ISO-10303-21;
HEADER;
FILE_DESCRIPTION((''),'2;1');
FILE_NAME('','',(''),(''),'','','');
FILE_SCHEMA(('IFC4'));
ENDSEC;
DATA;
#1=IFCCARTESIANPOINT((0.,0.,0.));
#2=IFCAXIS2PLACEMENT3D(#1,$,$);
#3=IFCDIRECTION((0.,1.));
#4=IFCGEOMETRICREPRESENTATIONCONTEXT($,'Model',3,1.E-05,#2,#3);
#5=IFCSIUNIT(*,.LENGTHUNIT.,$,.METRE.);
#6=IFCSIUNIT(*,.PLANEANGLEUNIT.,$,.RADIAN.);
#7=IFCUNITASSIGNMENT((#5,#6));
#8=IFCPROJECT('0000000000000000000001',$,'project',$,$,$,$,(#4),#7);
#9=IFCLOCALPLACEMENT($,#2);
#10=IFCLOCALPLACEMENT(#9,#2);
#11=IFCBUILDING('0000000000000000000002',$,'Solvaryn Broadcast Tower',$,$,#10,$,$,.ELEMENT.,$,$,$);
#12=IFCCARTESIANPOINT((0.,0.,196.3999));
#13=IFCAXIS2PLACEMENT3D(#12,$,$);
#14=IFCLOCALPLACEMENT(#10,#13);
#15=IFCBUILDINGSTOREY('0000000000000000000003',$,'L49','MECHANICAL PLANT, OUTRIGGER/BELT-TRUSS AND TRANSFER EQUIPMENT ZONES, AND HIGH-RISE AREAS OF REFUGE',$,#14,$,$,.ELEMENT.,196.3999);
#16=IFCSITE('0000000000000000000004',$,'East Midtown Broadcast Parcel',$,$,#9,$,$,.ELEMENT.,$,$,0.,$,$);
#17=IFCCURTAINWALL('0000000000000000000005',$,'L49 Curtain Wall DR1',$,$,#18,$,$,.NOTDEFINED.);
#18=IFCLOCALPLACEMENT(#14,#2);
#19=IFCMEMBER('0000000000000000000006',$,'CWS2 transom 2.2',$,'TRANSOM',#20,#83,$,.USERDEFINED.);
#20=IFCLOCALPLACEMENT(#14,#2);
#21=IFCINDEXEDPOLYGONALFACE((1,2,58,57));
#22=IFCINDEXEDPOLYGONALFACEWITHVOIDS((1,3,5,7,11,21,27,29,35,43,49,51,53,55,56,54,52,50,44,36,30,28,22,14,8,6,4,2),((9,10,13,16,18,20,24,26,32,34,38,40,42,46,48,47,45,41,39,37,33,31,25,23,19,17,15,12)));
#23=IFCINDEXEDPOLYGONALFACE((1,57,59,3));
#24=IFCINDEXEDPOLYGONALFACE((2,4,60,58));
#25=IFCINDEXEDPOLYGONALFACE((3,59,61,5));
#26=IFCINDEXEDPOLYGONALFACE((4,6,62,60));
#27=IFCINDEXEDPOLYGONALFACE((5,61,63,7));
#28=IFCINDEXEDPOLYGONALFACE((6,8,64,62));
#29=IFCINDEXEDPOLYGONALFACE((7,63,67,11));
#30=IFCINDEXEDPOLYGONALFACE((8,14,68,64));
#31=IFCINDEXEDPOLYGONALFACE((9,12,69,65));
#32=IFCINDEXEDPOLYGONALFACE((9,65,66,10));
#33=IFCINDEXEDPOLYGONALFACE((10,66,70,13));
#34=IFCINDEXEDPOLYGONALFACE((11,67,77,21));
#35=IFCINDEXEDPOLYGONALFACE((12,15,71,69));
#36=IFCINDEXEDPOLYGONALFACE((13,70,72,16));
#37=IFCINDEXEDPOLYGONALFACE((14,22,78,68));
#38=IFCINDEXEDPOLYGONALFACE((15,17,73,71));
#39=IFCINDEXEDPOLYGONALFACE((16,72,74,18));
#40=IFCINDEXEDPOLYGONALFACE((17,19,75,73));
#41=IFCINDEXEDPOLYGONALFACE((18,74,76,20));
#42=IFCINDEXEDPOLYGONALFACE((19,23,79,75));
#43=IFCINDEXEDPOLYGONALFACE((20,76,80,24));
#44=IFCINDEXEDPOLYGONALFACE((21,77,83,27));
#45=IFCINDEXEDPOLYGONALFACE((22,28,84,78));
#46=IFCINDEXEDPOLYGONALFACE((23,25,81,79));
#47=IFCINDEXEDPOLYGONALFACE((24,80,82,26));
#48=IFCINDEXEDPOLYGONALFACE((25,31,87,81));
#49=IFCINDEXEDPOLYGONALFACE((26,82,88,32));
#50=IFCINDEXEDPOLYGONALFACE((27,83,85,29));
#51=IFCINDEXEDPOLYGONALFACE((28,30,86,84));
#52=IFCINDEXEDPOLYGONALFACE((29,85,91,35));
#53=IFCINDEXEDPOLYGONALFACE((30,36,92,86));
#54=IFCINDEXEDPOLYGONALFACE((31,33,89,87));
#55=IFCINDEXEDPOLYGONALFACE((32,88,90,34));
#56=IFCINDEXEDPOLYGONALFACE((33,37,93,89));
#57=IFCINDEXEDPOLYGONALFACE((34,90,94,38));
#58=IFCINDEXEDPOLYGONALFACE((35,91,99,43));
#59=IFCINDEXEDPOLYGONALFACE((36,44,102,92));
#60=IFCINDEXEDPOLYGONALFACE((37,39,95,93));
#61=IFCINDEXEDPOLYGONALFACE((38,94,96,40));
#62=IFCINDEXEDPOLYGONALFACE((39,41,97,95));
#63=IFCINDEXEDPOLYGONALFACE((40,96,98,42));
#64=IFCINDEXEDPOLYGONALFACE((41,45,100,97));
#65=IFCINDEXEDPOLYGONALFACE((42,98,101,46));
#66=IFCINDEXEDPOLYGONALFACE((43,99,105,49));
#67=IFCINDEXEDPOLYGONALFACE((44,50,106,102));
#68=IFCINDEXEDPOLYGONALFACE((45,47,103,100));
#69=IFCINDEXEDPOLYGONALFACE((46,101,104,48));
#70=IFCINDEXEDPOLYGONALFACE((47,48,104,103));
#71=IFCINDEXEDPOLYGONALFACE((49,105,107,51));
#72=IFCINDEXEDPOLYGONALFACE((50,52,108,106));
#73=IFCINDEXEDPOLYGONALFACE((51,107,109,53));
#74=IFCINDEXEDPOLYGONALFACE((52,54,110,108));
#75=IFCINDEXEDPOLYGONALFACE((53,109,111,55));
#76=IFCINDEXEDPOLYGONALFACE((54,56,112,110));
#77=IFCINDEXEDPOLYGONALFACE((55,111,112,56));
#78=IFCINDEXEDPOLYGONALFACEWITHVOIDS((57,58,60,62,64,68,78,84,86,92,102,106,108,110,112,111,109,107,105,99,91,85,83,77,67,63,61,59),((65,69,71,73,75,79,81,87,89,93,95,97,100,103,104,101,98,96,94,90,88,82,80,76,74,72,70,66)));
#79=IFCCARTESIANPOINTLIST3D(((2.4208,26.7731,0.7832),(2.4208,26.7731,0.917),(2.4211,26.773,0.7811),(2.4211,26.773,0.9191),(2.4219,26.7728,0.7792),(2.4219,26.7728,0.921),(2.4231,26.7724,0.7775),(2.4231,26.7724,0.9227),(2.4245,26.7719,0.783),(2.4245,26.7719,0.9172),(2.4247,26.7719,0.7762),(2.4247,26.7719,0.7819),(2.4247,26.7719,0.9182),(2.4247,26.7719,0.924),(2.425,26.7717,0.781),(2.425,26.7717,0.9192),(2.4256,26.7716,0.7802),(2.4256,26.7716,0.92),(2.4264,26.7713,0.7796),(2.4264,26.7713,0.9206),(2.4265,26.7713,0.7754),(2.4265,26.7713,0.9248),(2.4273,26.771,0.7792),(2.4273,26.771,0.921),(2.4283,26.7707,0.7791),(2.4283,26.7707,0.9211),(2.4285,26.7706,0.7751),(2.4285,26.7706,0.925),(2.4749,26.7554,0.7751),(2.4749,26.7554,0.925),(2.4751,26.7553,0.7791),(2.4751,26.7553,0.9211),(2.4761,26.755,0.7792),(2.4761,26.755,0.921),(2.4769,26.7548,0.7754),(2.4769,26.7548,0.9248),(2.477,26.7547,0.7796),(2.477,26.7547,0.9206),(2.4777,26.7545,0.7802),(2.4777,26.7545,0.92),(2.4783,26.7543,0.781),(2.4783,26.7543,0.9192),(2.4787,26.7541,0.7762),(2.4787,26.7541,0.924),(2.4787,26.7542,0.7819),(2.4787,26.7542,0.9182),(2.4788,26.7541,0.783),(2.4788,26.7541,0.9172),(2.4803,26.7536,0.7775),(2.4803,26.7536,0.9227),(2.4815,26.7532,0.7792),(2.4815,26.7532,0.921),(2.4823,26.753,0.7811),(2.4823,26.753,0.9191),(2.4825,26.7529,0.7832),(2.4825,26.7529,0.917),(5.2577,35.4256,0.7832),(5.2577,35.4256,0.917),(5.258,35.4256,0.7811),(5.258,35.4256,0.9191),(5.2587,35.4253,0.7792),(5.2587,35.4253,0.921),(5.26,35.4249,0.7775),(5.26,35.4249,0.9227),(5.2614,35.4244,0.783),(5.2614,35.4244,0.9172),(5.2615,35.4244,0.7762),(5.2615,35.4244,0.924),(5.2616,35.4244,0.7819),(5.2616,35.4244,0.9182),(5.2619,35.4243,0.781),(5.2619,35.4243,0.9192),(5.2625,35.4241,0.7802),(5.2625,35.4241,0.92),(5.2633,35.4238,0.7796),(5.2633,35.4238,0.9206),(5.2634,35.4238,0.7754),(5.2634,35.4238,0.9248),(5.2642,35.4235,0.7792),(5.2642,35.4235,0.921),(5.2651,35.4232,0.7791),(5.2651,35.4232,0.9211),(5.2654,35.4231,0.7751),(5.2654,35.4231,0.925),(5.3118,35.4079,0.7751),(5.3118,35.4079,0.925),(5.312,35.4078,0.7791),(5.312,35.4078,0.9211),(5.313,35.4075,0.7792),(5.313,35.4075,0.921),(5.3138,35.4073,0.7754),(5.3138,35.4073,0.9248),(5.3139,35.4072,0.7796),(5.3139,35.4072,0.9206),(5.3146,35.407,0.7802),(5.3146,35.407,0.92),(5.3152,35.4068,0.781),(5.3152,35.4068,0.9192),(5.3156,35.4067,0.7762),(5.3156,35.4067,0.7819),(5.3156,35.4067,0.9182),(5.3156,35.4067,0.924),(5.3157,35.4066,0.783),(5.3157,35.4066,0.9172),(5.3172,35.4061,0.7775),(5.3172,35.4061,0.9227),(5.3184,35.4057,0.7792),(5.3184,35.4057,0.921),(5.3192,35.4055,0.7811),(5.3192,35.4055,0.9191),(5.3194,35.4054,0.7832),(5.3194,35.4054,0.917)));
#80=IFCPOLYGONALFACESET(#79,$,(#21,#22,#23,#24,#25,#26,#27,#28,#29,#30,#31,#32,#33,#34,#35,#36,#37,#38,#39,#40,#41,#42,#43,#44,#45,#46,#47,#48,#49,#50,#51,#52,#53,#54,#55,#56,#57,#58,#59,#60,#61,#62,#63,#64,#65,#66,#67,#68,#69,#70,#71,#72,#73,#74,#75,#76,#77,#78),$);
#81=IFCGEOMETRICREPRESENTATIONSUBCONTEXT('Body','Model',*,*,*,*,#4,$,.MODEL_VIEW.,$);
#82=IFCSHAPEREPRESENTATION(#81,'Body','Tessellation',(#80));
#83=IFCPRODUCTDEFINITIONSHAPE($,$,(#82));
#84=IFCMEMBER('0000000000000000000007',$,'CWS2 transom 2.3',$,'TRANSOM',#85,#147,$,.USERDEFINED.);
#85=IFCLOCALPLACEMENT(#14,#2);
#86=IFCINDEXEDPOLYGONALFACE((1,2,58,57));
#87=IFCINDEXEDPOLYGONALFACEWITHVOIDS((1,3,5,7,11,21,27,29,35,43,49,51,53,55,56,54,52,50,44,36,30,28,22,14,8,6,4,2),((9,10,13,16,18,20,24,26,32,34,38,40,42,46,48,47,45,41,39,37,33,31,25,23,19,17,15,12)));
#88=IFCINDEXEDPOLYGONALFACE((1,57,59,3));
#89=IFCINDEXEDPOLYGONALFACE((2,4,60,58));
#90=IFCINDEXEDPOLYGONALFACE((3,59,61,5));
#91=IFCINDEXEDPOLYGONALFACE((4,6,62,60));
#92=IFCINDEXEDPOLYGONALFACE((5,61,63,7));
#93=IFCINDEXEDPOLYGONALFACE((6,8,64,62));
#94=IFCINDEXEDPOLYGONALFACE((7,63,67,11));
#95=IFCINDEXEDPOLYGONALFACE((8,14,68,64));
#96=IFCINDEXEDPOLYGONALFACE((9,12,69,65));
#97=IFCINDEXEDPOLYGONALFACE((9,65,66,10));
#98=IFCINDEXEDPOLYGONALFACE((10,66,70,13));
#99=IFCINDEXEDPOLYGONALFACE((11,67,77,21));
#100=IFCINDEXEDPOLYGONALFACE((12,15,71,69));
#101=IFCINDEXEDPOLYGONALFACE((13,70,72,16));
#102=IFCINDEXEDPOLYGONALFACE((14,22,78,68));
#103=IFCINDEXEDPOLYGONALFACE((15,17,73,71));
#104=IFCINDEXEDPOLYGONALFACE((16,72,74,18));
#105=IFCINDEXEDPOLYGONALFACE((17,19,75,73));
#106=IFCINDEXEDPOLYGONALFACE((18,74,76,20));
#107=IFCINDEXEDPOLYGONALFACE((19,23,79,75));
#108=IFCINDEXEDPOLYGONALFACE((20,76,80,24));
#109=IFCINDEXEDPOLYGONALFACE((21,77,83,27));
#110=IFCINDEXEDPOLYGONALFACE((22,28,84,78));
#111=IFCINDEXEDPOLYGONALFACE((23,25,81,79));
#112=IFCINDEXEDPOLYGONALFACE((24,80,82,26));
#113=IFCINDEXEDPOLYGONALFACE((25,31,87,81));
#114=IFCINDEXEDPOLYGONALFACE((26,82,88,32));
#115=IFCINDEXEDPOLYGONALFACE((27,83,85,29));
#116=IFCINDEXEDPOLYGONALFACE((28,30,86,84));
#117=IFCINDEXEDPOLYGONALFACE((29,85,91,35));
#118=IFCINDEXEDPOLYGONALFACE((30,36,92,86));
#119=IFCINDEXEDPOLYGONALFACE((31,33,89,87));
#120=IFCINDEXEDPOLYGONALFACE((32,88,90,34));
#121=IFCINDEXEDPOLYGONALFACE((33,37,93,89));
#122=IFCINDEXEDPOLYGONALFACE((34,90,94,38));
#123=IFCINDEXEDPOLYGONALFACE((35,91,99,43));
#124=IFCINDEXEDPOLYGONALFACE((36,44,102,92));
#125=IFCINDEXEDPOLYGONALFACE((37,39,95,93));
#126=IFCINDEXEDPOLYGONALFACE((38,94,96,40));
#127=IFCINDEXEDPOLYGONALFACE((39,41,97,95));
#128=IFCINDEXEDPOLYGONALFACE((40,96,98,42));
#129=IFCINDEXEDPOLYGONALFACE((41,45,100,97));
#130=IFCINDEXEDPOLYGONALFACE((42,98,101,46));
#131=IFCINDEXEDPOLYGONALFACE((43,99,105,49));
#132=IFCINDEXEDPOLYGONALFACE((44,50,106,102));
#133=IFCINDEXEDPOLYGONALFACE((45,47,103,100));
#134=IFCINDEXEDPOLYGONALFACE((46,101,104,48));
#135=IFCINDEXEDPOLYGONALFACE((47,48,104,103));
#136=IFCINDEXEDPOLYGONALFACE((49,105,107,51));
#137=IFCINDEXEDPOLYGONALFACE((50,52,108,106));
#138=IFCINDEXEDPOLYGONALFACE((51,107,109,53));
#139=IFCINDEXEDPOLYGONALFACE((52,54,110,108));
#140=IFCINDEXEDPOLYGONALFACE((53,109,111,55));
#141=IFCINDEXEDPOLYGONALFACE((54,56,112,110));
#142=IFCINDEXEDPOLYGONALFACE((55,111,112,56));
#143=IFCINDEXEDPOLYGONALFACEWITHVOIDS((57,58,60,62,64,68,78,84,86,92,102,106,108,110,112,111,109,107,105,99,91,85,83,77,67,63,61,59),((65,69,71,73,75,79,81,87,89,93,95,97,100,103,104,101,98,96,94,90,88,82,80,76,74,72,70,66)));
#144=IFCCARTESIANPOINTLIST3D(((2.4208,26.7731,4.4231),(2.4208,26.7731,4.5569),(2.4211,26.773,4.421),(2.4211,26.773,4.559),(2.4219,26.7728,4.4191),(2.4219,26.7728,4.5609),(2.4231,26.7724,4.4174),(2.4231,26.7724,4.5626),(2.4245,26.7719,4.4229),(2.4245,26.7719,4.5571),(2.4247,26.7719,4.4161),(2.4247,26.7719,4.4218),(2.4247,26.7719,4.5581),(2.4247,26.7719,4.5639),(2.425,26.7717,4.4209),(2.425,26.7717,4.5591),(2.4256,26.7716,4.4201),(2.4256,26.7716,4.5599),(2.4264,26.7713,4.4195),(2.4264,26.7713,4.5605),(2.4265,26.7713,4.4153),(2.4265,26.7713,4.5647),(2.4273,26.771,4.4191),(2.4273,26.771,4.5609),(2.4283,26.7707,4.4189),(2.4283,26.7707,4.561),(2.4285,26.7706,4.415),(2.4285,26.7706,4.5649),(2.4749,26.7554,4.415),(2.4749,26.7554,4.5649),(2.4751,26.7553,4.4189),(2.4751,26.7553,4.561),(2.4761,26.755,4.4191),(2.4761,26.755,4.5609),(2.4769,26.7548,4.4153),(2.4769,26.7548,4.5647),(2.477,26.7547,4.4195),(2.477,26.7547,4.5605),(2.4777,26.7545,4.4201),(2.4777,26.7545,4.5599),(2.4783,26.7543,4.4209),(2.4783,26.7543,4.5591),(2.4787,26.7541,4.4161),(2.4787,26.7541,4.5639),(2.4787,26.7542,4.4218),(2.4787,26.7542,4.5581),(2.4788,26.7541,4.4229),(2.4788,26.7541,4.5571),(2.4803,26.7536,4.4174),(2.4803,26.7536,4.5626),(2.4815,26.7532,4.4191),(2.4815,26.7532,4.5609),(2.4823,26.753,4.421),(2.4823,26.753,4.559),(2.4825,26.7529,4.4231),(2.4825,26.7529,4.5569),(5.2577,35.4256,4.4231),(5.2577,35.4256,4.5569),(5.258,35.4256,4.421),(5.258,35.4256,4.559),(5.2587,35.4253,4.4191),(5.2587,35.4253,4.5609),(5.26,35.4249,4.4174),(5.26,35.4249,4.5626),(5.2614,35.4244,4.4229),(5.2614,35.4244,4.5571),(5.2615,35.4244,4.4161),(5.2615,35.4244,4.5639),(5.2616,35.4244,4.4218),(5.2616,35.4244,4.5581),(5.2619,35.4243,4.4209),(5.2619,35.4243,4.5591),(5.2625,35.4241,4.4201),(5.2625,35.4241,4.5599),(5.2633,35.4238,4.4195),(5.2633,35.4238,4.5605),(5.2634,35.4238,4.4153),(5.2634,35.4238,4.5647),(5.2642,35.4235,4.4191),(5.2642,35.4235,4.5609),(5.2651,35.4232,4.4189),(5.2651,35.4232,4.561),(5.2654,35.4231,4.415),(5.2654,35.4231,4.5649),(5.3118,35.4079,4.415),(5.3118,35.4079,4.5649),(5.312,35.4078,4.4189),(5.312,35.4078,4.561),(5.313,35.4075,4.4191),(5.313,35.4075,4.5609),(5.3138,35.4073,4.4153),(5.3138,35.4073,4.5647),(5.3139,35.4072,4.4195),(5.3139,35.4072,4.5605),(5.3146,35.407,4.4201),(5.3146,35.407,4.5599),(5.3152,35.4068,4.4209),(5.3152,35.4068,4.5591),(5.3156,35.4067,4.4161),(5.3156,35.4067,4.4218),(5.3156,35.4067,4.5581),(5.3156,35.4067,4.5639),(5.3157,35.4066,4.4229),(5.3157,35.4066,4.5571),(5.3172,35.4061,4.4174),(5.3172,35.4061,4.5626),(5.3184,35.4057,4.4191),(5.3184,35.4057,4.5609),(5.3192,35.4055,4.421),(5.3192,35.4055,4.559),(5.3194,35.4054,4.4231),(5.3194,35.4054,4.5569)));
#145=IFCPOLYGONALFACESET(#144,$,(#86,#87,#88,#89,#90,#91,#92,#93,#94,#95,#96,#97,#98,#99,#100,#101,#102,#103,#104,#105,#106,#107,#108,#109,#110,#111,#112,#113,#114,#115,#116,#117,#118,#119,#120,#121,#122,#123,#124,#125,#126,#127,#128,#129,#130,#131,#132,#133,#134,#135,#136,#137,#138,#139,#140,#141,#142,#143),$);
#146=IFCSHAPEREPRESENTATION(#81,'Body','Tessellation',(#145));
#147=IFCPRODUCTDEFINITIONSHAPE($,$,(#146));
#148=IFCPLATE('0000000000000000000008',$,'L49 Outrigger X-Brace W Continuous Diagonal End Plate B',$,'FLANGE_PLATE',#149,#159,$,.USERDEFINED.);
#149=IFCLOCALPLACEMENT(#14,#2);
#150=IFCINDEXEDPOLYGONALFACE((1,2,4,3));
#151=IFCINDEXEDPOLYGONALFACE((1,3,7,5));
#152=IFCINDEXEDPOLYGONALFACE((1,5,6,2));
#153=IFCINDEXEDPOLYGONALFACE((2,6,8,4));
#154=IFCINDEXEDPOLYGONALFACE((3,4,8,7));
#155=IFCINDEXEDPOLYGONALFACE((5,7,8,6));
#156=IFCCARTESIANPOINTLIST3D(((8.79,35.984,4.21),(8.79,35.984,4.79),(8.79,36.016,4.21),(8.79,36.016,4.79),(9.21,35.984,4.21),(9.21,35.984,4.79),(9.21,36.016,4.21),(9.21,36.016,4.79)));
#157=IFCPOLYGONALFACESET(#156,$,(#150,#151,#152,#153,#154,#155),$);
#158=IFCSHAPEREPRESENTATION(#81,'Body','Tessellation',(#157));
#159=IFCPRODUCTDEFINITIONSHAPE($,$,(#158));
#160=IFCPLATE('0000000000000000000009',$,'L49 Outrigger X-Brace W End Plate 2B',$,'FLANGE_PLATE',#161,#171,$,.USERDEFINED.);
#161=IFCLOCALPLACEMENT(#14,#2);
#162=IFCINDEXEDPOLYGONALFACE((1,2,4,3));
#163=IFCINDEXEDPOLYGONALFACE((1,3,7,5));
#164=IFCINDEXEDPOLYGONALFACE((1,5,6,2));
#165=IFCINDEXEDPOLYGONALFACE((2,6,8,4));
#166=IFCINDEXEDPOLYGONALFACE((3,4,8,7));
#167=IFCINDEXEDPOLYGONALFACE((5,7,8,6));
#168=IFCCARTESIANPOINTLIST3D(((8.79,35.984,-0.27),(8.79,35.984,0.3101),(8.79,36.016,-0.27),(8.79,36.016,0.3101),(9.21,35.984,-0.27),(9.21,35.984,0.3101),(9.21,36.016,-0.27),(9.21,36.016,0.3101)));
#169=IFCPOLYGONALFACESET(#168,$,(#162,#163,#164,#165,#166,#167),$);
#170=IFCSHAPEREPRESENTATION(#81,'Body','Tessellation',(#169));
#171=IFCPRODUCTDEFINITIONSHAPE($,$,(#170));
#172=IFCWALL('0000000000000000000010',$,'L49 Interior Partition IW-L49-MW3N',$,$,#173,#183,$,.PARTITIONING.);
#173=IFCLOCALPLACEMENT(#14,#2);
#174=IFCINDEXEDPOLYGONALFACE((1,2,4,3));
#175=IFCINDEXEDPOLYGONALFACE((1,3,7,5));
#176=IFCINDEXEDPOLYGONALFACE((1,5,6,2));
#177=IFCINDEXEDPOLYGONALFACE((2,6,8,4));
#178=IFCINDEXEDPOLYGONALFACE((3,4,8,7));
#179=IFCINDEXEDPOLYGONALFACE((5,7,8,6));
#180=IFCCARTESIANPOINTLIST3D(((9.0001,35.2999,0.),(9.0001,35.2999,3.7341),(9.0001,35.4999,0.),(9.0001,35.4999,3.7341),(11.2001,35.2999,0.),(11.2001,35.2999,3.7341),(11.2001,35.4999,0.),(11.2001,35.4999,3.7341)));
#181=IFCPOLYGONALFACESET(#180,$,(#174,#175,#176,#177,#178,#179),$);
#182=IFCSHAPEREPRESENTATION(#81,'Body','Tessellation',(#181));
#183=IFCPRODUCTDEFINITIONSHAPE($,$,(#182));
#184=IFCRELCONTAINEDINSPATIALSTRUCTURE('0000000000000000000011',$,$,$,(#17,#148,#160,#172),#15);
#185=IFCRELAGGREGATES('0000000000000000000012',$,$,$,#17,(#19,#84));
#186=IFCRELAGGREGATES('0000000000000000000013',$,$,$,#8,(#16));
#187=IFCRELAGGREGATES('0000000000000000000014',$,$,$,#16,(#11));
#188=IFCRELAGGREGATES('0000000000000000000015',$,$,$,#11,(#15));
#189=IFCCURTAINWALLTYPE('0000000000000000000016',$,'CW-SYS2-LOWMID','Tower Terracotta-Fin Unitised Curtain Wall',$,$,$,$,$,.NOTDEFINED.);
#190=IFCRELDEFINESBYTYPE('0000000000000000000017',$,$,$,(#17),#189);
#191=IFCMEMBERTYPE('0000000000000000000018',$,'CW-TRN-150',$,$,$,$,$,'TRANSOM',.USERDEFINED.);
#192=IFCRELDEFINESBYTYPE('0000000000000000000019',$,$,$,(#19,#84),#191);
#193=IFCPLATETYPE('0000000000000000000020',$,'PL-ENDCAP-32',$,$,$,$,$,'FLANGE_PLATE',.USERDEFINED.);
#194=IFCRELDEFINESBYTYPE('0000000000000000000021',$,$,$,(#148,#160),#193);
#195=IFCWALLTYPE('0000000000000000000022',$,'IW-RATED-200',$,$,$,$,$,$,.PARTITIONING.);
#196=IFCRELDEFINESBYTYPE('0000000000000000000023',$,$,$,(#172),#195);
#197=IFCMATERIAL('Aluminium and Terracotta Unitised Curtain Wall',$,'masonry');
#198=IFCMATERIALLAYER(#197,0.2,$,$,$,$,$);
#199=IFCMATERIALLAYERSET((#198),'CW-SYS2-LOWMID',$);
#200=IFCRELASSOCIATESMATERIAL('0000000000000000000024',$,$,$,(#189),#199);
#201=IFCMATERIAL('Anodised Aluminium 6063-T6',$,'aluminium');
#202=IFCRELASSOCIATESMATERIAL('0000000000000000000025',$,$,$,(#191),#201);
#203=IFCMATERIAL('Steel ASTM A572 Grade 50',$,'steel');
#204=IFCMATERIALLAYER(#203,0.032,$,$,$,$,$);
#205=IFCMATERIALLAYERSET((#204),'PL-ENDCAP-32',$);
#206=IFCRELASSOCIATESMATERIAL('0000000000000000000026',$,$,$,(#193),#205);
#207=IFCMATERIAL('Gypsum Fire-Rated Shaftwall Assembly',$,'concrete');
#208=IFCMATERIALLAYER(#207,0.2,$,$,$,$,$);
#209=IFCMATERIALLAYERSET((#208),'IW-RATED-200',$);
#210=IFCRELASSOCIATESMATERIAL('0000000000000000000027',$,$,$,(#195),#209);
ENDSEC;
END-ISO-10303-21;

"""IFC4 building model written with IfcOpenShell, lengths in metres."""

from ifc_helpers import new_model, si_unit, direction, frame, frame_2d, origin, origin_2d, place, context, subcontext, project, spatial, rectangle, hollow_rectangle, extrude, material, layer, layer_set, material_profile, profile_set, type_object, element, aggregate, save


model = new_model("IFC4")

# Units and contexts
model_context = context("Model", 3, precision=1e-05, world=origin(), true_north=direction((0.0, 1.0)))
body_context = subcontext(model_context, "Body", "Model", "MODEL_VIEW")
ifc_project = project(units=[si_unit("LENGTHUNIT", "METRE"), si_unit("PLANEANGLEUNIT", "RADIAN")], contexts=[model_context])

# Site, building, storey
site_placement = place(None, origin())
site = spatial("IfcSite", under=ifc_project, at=site_placement, Name="East Midtown Broadcast Parcel", CompositionType="ELEMENT", RefElevation=0.0)
building_placement = place(site_placement, origin())
building = spatial("IfcBuilding", under=site, at=building_placement, Name="Solvaryn Broadcast Tower", CompositionType="ELEMENT")
storey_placement = place(building_placement, frame((0.0, 0.0, 196.3999)))
storey = spatial("IfcBuildingStorey", under=building, at=storey_placement, Name="L49", Description="MECHANICAL PLANT, OUTRIGGER/BELT-TRUSS AND TRANSFER EQUIPMENT ZONES, AND HIGH-RISE AREAS OF REFUGE", CompositionType="ELEMENT", Elevation=196.3999)

# Curtain wall, members
ifc_material_1 = material(Name="Aluminium and Terracotta Unitised Curtain Wall", Category="masonry")
ifc_layer_1 = layer(ifc_material_1, 0.2)
ifc_layer_set_1 = layer_set([ifc_layer_1], Name="CW-SYS2-LOWMID")
curtain_wall_type = type_object("IfcCurtainWallType", Name="CW-SYS2-LOWMID", Description="Tower Terracotta-Fin Unitised Curtain Wall", PredefinedType="NOTDEFINED", material=ifc_layer_set_1)
curtain_wall_placement = place(storey_placement, origin())
curtain_wall = element("IfcCurtainWall", 1, at=curtain_wall_placement, inside=storey, type_object=curtain_wall_type, Name="L49 Curtain Wall DR1", PredefinedType="NOTDEFINED")
ifc_material_2 = material(Name="Anodised Aluminium 6063-T6", Category="aluminium")
ifc_material_profile_1 = material_profile(ifc_material_2, hollow_rectangle(XDim=0.0649, YDim=0.1499, WallThickness=0.0039, InnerFilletRadius=0.0039, OuterFilletRadius=0.0081, at=origin_2d()))
ifc_profile_set_1 = profile_set([ifc_material_profile_1], Name="Anodised Aluminium 6063-T6")
member_type_1 = type_object("IfcMemberType", Name="CW-TRN-150", ElementType="TRANSOM", PredefinedType="USERDEFINED", material=ifc_profile_set_1)
member_1_placement = place(storey_placement, frame((5.2886, 35.4155, 0.8501), z_axis=(-0.311551, -0.95023, 0.0), x_axis=(0.95023, -0.311551, 0.0)))
member_1 = element("IfcMember", 2, at=member_1_placement, type_object=member_type_1, Name="CWS2 transom 2.2", ObjectType="TRANSOM", PredefinedType="USERDEFINED", context=body_context, shape_type="SweptSolid", body=[
    extrude(hollow_rectangle(XDim=0.0649, YDim=0.1499, WallThickness=0.0039, InnerFilletRadius=0.0039, OuterFilletRadius=0.0081, at=origin_2d()), origin(), (0.0, 0.0, 1.0), 9.1057),
])
member_2_placement = place(storey_placement, frame((5.2886, 35.4155, 4.49), z_axis=(-0.311551, -0.95023, 0.0), x_axis=(0.95023, -0.311551, 0.0)))
member_2 = element("IfcMember", 3, at=member_2_placement, type_object=member_type_1, Name="CWS2 transom 2.3", ObjectType="TRANSOM", PredefinedType="USERDEFINED", context=body_context, shape_type="SweptSolid", body=[
    extrude(hollow_rectangle(XDim=0.0649, YDim=0.1499, WallThickness=0.0039, InnerFilletRadius=0.0039, OuterFilletRadius=0.0081, at=origin_2d()), origin(), (0.0, 0.0, 1.0), 9.1057),
])
aggregate(curtain_wall, [member_1, member_2])

# Plates
ifc_material_3 = material(Name="Steel ASTM A572 Grade 50", Category="steel")
ifc_layer_2 = layer(ifc_material_3, 0.032)
ifc_layer_set_2 = layer_set([ifc_layer_2], Name="PL-ENDCAP-32")
plate_type = type_object("IfcPlateType", Name="PL-ENDCAP-32", ElementType="FLANGE_PLATE", PredefinedType="USERDEFINED", material=ifc_layer_set_2)
for number, where, z_axis, x_axis, name in (
    (4, (9.0, 36.0, 4.21), (0.0, 0.0, 1.0), (1.0, 0.0, 0.0), "L49 Outrigger X-Brace W Continuous Diagonal End Plate B"),
    (5, (9.0, 36.0, -0.27), (0.0, 0.0, 1.0), (1.0, 0.0, 0.0), "L49 Outrigger X-Brace W End Plate 2B"),
):
    element("IfcPlate", number, at=place(storey_placement, frame(where, z_axis=z_axis, x_axis=x_axis)), inside=storey, type_object=plate_type, Name=name, ObjectType="FLANGE_PLATE", PredefinedType="USERDEFINED", context=body_context, shape_type="SweptSolid", body=[
        extrude(rectangle(XDim=0.4199, YDim=0.032, at=origin_2d()), origin(), (0.0, 0.0, 1.0), 0.5801),
    ])

# Wall
ifc_material_4 = material(Name="Gypsum Fire-Rated Shaftwall Assembly", Category="concrete")
ifc_layer_3 = layer(ifc_material_4, 0.2)
ifc_layer_set_3 = layer_set([ifc_layer_3], Name="IW-RATED-200")
wall_type = type_object("IfcWallType", Name="IW-RATED-200", PredefinedType="PARTITIONING", material=ifc_layer_set_3)
wall_placement = place(storey_placement, frame((9.0, 35.3999, 0.0), z_axis=(0.0, 0.0, 1.0), x_axis=(1.0, 0.0, 0.0)))
element("IfcWall", 6, at=wall_placement, inside=storey, type_object=wall_type, Name="L49 Interior Partition IW-L49-MW3N", PredefinedType="PARTITIONING", context=body_context, shape_type="SweptSolid", body=[
    extrude(rectangle(XDim=2.2, YDim=0.2, at=frame_2d((1.1001, 0.0))), origin(), (0.0, 0.0, 1.0), 3.7341),
])

save(model, "model.ifc")
